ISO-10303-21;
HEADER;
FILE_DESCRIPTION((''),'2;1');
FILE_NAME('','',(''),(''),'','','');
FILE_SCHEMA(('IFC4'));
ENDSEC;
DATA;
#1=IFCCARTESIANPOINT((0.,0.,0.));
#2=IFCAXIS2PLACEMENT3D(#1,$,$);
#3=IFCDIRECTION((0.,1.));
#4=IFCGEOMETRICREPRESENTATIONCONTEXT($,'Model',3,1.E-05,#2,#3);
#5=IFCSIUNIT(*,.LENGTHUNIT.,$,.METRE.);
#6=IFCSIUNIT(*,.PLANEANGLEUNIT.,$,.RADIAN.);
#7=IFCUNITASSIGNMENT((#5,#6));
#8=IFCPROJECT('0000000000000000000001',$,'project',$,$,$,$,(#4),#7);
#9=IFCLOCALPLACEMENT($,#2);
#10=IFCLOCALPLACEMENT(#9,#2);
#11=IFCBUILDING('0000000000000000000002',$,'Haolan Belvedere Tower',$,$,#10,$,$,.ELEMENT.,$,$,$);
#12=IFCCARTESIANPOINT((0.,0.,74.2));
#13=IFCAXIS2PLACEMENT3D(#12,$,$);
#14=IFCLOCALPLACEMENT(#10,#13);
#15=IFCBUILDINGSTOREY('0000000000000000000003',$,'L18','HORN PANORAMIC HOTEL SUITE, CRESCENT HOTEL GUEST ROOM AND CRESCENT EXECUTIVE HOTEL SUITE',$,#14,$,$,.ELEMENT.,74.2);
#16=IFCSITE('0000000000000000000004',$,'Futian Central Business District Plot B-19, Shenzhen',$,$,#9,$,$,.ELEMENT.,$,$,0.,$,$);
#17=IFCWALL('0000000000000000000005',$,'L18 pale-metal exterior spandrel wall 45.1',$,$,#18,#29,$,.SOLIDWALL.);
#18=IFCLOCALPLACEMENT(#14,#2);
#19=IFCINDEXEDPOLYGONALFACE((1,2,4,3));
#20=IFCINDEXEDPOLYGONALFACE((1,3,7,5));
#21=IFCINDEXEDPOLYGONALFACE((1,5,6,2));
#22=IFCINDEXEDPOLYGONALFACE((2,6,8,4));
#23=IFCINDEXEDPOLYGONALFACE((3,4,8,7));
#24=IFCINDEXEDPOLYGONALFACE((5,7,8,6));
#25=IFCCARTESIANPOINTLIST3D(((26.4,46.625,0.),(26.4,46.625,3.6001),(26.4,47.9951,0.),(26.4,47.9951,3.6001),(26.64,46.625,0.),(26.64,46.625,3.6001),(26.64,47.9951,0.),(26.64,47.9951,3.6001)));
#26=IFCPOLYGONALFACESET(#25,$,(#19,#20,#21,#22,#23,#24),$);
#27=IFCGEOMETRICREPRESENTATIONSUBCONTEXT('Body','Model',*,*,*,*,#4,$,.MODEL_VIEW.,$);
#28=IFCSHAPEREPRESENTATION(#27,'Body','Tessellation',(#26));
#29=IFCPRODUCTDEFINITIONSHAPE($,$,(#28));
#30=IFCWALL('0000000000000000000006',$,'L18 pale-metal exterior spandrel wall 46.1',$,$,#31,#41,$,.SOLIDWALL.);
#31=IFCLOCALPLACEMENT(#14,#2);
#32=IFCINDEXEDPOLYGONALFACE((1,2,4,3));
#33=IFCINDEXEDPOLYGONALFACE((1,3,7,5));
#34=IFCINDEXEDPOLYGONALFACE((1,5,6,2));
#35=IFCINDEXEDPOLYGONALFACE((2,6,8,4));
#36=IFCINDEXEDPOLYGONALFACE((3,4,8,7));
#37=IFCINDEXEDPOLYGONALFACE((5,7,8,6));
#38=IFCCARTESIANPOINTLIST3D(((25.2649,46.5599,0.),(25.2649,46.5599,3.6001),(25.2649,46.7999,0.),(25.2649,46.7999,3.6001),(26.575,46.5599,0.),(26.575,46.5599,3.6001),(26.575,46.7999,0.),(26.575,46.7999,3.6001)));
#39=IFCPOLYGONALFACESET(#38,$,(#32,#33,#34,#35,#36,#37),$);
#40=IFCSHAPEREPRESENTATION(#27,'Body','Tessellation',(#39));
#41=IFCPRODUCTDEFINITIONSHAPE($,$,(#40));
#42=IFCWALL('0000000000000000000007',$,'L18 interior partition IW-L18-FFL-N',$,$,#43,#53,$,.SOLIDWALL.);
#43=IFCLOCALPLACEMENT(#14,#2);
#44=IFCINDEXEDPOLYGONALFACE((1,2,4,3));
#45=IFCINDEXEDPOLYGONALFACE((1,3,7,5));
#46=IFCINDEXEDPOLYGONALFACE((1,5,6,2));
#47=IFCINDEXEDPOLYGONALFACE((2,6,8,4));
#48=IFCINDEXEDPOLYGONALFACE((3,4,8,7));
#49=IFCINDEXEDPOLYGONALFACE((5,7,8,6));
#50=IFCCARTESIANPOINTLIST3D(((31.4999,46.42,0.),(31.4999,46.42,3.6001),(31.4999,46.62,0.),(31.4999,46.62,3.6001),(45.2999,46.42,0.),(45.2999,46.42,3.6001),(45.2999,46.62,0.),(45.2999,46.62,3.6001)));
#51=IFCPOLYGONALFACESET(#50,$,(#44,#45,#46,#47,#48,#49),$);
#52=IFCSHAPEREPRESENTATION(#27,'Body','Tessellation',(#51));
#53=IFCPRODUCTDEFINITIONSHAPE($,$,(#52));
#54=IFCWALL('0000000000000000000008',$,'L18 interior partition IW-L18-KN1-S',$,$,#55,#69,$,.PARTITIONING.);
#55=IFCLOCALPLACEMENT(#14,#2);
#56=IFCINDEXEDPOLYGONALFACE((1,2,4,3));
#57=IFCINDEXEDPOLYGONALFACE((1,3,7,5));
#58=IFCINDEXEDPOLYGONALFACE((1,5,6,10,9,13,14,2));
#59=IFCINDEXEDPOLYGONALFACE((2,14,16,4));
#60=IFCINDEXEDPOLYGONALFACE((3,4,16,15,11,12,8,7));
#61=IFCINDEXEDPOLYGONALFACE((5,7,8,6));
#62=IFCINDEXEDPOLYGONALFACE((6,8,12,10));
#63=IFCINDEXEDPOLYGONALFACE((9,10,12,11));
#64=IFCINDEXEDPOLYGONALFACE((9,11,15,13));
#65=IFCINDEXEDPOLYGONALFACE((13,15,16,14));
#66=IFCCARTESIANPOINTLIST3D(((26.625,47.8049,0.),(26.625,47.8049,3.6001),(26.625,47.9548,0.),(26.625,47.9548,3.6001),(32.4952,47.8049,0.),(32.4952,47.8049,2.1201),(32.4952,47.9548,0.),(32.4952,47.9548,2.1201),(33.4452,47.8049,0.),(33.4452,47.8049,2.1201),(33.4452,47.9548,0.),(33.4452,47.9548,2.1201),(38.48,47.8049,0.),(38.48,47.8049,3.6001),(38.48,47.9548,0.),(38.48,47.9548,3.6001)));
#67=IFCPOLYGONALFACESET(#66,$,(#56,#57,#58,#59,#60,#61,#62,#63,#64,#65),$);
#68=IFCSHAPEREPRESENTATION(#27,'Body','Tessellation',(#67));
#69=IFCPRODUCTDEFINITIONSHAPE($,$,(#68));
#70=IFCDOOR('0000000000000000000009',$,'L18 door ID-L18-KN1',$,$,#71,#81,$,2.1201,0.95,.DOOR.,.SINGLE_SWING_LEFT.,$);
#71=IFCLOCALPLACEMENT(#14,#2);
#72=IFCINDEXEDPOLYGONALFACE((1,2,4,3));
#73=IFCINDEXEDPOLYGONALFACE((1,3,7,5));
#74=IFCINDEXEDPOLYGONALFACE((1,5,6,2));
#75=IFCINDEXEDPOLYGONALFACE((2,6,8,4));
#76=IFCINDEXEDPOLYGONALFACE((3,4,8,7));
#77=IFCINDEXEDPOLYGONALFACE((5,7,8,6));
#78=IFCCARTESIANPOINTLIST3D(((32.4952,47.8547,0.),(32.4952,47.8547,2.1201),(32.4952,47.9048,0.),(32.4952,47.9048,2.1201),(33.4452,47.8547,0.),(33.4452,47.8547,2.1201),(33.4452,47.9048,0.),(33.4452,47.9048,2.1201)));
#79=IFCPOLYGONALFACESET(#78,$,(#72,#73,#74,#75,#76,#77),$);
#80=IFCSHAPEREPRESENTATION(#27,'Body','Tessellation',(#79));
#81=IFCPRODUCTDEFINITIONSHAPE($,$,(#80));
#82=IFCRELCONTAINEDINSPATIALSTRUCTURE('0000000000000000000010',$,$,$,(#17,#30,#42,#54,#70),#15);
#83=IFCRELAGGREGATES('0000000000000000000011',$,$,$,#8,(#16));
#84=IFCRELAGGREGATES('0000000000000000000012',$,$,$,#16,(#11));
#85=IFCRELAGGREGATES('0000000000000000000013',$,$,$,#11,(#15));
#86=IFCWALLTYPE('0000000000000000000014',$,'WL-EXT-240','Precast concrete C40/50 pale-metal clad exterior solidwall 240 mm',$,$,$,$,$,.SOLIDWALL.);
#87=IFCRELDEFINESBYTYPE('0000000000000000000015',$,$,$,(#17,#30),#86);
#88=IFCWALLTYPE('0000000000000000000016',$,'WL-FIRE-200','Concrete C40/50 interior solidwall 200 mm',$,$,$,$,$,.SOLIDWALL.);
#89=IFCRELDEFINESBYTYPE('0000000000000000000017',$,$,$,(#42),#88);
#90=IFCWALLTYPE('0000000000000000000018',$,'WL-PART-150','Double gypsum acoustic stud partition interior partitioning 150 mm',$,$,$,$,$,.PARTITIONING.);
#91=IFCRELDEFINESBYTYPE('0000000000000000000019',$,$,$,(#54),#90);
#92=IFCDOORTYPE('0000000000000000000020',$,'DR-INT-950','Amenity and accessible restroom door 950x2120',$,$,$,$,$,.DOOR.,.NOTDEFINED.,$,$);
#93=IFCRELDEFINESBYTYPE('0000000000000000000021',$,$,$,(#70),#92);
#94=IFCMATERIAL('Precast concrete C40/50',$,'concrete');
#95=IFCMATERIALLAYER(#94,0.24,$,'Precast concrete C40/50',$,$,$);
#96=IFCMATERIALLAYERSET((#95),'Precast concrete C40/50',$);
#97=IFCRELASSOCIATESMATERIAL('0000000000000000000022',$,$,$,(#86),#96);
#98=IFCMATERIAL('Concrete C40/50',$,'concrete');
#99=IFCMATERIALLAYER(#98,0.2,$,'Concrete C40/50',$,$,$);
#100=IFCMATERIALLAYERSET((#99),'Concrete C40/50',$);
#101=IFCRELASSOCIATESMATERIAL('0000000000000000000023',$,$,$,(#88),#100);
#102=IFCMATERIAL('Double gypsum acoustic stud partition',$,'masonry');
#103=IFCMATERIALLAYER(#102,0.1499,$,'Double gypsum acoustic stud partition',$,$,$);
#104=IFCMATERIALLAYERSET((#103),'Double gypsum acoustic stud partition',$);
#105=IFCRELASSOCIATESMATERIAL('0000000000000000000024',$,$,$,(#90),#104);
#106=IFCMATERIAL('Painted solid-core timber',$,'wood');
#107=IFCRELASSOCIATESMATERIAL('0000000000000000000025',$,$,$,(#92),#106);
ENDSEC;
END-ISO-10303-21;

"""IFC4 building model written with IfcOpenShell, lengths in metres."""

from ifc_helpers import new_model, si_unit, direction, frame, frame_2d, origin, place, context, subcontext, project, spatial, rectangle, extrude, material, layer, layer_set, type_object, element, fill, save


model = new_model("IFC4")

# Units and contexts
model_context = context("Model", 3, precision=1e-05, world=origin(), true_north=direction((0.0, 1.0)))
body_context = subcontext(model_context, "Body", "Model", "MODEL_VIEW")
ifc_project = project(units=[si_unit("LENGTHUNIT", "METRE"), si_unit("PLANEANGLEUNIT", "RADIAN")], contexts=[model_context])

# Site, building, storey
site_placement = place(None, origin())
site = spatial("IfcSite", under=ifc_project, at=site_placement, Name="Futian Central Business District Plot B-19, Shenzhen", CompositionType="ELEMENT", RefElevation=0.0)
building_placement = place(site_placement, origin())
building = spatial("IfcBuilding", under=site, at=building_placement, Name="Haolan Belvedere Tower", CompositionType="ELEMENT")
storey_placement = place(building_placement, frame((0.0, 0.0, 74.2)))
storey = spatial("IfcBuildingStorey", under=building, at=storey_placement, Name="L18", Description="HORN PANORAMIC HOTEL SUITE, CRESCENT HOTEL GUEST ROOM AND CRESCENT EXECUTIVE HOTEL SUITE", CompositionType="ELEMENT", Elevation=74.2)

# Shared definitions
ifc_material_1 = material(Name="Precast concrete C40/50", Category="concrete")
ifc_layer_1 = layer(ifc_material_1, 0.24, Name="Precast concrete C40/50")
ifc_layer_set_1 = layer_set([ifc_layer_1], Name="Precast concrete C40/50")
wall_type_1 = type_object("IfcWallType", Name="WL-EXT-240", Description="Precast concrete C40/50 pale-metal clad exterior solidwall 240 mm", PredefinedType="SOLIDWALL", material=ifc_layer_set_1)

# Walls
wall_1_placement = place(storey_placement, frame((26.52, 47.9951, 0.0), z_axis=(0.0, 0.0, 1.0), x_axis=(0.0, -1.0, 0.0)))
element("IfcWall", 1, at=wall_1_placement, inside=storey, type_object=wall_type_1, Name="L18 pale-metal exterior spandrel wall 45.1", PredefinedType="SOLIDWALL", context=body_context, shape_type="SweptSolid", body=[
    extrude(rectangle(XDim=1.3701, YDim=0.24, at=frame_2d((0.6851, 0.0))), origin(), (0.0, 0.0, 1.0), 3.6001),
])
wall_2_placement = place(storey_placement, frame((26.575, 46.6799, 0.0), z_axis=(0.0, 0.0, 1.0), x_axis=(-1.0, 0.0, 0.0)))
element("IfcWall", 2, at=wall_2_placement, inside=storey, type_object=wall_type_1, Name="L18 pale-metal exterior spandrel wall 46.1", PredefinedType="SOLIDWALL", context=body_context, shape_type="SweptSolid", body=[
    extrude(rectangle(XDim=1.3101, YDim=0.24, at=frame_2d((0.655, 0.0))), origin(), (0.0, 0.0, 1.0), 3.6001),
])
ifc_material_2 = material(Name="Concrete C40/50", Category="concrete")
ifc_layer_2 = layer(ifc_material_2, 0.2, Name="Concrete C40/50")
ifc_layer_set_2 = layer_set([ifc_layer_2], Name="Concrete C40/50")
wall_type_2 = type_object("IfcWallType", Name="WL-FIRE-200", Description="Concrete C40/50 interior solidwall 200 mm", PredefinedType="SOLIDWALL", material=ifc_layer_set_2)
wall_3_placement = place(storey_placement, frame((31.5, 46.52, 0.0), z_axis=(0.0, 0.0, 1.0), x_axis=(1.0, 0.0, 0.0)))
element("IfcWall", 3, at=wall_3_placement, inside=storey, type_object=wall_type_2, Name="L18 interior partition IW-L18-FFL-N", PredefinedType="SOLIDWALL", context=body_context, shape_type="SweptSolid", body=[
    extrude(rectangle(XDim=13.8, YDim=0.2, at=frame_2d((6.8999, 0.0))), origin(), (0.0, 0.0, 1.0), 3.6001),
])

# Wall, opening, door
ifc_material_3 = material(Name="Double gypsum acoustic stud partition", Category="masonry")
ifc_layer_3 = layer(ifc_material_3, 0.1499, Name="Double gypsum acoustic stud partition")
ifc_layer_set_3 = layer_set([ifc_layer_3], Name="Double gypsum acoustic stud partition")
wall_type_3 = type_object("IfcWallType", Name="WL-PART-150", Description="Double gypsum acoustic stud partition interior partitioning 150 mm", PredefinedType="PARTITIONING", material=ifc_layer_set_3)
wall_4_placement = place(storey_placement, frame((26.625, 47.8799, 0.0), z_axis=(0.0, 0.0, 1.0), x_axis=(1.0, 0.0, 0.0)))
wall_4 = element("IfcWall", 4, at=wall_4_placement, inside=storey, type_object=wall_type_3, Name="L18 interior partition IW-L18-KN1-S", PredefinedType="PARTITIONING", context=body_context, shape_type="SweptSolid", body=[
    extrude(rectangle(XDim=11.855, YDim=0.1499, at=frame_2d((5.9275, 0.0))), origin(), (0.0, 0.0, 1.0), 3.6001),
])
opening_1_placement = place(wall_4_placement, frame((5.8701, 0.0, 0.0)))
opening_1 = element("IfcOpeningElement", 5, at=opening_1_placement, cuts=wall_4, PredefinedType="OPENING", context=body_context, shape_type="SweptSolid", body=[
    extrude(rectangle(XDim=0.95, YDim=2.1201, at=frame_2d((0.4751, 1.0601))), frame((0.0, 0.085, 0.0), z_axis=(0.0, -1.0, 0.0), x_axis=(1.0, 0.0, 0.0)), (0.0, 0.0, 1.0), 0.1699),
])
ifc_material_4 = material(Name="Painted solid-core timber", Category="wood")
door_type_1 = type_object("IfcDoorType", Name="DR-INT-950", Description="Amenity and accessible restroom door 950x2120", OperationType="NOTDEFINED", PredefinedType="DOOR", material=ifc_material_4)
door_1_placement = place(opening_1_placement, origin())
door_1 = element("IfcDoor", 6, at=door_1_placement, inside=storey, type_object=door_type_1, Name="L18 door ID-L18-KN1", OperationType="SINGLE_SWING_LEFT", OverallHeight=2.1201, OverallWidth=0.95, PredefinedType="DOOR", context=body_context, shape_type="SweptSolid", body=[
    extrude(rectangle(XDim=0.95, YDim=2.1201, at=frame_2d((0.4751, 1.0601))), frame((0.0, 0.0249, 0.0), z_axis=(0.0, -1.0, 0.0), x_axis=(1.0, 0.0, 0.0)), (0.0, 0.0, 1.0), 0.05),
])
fill(opening_1, door_1)

save(model, "model.ifc")
